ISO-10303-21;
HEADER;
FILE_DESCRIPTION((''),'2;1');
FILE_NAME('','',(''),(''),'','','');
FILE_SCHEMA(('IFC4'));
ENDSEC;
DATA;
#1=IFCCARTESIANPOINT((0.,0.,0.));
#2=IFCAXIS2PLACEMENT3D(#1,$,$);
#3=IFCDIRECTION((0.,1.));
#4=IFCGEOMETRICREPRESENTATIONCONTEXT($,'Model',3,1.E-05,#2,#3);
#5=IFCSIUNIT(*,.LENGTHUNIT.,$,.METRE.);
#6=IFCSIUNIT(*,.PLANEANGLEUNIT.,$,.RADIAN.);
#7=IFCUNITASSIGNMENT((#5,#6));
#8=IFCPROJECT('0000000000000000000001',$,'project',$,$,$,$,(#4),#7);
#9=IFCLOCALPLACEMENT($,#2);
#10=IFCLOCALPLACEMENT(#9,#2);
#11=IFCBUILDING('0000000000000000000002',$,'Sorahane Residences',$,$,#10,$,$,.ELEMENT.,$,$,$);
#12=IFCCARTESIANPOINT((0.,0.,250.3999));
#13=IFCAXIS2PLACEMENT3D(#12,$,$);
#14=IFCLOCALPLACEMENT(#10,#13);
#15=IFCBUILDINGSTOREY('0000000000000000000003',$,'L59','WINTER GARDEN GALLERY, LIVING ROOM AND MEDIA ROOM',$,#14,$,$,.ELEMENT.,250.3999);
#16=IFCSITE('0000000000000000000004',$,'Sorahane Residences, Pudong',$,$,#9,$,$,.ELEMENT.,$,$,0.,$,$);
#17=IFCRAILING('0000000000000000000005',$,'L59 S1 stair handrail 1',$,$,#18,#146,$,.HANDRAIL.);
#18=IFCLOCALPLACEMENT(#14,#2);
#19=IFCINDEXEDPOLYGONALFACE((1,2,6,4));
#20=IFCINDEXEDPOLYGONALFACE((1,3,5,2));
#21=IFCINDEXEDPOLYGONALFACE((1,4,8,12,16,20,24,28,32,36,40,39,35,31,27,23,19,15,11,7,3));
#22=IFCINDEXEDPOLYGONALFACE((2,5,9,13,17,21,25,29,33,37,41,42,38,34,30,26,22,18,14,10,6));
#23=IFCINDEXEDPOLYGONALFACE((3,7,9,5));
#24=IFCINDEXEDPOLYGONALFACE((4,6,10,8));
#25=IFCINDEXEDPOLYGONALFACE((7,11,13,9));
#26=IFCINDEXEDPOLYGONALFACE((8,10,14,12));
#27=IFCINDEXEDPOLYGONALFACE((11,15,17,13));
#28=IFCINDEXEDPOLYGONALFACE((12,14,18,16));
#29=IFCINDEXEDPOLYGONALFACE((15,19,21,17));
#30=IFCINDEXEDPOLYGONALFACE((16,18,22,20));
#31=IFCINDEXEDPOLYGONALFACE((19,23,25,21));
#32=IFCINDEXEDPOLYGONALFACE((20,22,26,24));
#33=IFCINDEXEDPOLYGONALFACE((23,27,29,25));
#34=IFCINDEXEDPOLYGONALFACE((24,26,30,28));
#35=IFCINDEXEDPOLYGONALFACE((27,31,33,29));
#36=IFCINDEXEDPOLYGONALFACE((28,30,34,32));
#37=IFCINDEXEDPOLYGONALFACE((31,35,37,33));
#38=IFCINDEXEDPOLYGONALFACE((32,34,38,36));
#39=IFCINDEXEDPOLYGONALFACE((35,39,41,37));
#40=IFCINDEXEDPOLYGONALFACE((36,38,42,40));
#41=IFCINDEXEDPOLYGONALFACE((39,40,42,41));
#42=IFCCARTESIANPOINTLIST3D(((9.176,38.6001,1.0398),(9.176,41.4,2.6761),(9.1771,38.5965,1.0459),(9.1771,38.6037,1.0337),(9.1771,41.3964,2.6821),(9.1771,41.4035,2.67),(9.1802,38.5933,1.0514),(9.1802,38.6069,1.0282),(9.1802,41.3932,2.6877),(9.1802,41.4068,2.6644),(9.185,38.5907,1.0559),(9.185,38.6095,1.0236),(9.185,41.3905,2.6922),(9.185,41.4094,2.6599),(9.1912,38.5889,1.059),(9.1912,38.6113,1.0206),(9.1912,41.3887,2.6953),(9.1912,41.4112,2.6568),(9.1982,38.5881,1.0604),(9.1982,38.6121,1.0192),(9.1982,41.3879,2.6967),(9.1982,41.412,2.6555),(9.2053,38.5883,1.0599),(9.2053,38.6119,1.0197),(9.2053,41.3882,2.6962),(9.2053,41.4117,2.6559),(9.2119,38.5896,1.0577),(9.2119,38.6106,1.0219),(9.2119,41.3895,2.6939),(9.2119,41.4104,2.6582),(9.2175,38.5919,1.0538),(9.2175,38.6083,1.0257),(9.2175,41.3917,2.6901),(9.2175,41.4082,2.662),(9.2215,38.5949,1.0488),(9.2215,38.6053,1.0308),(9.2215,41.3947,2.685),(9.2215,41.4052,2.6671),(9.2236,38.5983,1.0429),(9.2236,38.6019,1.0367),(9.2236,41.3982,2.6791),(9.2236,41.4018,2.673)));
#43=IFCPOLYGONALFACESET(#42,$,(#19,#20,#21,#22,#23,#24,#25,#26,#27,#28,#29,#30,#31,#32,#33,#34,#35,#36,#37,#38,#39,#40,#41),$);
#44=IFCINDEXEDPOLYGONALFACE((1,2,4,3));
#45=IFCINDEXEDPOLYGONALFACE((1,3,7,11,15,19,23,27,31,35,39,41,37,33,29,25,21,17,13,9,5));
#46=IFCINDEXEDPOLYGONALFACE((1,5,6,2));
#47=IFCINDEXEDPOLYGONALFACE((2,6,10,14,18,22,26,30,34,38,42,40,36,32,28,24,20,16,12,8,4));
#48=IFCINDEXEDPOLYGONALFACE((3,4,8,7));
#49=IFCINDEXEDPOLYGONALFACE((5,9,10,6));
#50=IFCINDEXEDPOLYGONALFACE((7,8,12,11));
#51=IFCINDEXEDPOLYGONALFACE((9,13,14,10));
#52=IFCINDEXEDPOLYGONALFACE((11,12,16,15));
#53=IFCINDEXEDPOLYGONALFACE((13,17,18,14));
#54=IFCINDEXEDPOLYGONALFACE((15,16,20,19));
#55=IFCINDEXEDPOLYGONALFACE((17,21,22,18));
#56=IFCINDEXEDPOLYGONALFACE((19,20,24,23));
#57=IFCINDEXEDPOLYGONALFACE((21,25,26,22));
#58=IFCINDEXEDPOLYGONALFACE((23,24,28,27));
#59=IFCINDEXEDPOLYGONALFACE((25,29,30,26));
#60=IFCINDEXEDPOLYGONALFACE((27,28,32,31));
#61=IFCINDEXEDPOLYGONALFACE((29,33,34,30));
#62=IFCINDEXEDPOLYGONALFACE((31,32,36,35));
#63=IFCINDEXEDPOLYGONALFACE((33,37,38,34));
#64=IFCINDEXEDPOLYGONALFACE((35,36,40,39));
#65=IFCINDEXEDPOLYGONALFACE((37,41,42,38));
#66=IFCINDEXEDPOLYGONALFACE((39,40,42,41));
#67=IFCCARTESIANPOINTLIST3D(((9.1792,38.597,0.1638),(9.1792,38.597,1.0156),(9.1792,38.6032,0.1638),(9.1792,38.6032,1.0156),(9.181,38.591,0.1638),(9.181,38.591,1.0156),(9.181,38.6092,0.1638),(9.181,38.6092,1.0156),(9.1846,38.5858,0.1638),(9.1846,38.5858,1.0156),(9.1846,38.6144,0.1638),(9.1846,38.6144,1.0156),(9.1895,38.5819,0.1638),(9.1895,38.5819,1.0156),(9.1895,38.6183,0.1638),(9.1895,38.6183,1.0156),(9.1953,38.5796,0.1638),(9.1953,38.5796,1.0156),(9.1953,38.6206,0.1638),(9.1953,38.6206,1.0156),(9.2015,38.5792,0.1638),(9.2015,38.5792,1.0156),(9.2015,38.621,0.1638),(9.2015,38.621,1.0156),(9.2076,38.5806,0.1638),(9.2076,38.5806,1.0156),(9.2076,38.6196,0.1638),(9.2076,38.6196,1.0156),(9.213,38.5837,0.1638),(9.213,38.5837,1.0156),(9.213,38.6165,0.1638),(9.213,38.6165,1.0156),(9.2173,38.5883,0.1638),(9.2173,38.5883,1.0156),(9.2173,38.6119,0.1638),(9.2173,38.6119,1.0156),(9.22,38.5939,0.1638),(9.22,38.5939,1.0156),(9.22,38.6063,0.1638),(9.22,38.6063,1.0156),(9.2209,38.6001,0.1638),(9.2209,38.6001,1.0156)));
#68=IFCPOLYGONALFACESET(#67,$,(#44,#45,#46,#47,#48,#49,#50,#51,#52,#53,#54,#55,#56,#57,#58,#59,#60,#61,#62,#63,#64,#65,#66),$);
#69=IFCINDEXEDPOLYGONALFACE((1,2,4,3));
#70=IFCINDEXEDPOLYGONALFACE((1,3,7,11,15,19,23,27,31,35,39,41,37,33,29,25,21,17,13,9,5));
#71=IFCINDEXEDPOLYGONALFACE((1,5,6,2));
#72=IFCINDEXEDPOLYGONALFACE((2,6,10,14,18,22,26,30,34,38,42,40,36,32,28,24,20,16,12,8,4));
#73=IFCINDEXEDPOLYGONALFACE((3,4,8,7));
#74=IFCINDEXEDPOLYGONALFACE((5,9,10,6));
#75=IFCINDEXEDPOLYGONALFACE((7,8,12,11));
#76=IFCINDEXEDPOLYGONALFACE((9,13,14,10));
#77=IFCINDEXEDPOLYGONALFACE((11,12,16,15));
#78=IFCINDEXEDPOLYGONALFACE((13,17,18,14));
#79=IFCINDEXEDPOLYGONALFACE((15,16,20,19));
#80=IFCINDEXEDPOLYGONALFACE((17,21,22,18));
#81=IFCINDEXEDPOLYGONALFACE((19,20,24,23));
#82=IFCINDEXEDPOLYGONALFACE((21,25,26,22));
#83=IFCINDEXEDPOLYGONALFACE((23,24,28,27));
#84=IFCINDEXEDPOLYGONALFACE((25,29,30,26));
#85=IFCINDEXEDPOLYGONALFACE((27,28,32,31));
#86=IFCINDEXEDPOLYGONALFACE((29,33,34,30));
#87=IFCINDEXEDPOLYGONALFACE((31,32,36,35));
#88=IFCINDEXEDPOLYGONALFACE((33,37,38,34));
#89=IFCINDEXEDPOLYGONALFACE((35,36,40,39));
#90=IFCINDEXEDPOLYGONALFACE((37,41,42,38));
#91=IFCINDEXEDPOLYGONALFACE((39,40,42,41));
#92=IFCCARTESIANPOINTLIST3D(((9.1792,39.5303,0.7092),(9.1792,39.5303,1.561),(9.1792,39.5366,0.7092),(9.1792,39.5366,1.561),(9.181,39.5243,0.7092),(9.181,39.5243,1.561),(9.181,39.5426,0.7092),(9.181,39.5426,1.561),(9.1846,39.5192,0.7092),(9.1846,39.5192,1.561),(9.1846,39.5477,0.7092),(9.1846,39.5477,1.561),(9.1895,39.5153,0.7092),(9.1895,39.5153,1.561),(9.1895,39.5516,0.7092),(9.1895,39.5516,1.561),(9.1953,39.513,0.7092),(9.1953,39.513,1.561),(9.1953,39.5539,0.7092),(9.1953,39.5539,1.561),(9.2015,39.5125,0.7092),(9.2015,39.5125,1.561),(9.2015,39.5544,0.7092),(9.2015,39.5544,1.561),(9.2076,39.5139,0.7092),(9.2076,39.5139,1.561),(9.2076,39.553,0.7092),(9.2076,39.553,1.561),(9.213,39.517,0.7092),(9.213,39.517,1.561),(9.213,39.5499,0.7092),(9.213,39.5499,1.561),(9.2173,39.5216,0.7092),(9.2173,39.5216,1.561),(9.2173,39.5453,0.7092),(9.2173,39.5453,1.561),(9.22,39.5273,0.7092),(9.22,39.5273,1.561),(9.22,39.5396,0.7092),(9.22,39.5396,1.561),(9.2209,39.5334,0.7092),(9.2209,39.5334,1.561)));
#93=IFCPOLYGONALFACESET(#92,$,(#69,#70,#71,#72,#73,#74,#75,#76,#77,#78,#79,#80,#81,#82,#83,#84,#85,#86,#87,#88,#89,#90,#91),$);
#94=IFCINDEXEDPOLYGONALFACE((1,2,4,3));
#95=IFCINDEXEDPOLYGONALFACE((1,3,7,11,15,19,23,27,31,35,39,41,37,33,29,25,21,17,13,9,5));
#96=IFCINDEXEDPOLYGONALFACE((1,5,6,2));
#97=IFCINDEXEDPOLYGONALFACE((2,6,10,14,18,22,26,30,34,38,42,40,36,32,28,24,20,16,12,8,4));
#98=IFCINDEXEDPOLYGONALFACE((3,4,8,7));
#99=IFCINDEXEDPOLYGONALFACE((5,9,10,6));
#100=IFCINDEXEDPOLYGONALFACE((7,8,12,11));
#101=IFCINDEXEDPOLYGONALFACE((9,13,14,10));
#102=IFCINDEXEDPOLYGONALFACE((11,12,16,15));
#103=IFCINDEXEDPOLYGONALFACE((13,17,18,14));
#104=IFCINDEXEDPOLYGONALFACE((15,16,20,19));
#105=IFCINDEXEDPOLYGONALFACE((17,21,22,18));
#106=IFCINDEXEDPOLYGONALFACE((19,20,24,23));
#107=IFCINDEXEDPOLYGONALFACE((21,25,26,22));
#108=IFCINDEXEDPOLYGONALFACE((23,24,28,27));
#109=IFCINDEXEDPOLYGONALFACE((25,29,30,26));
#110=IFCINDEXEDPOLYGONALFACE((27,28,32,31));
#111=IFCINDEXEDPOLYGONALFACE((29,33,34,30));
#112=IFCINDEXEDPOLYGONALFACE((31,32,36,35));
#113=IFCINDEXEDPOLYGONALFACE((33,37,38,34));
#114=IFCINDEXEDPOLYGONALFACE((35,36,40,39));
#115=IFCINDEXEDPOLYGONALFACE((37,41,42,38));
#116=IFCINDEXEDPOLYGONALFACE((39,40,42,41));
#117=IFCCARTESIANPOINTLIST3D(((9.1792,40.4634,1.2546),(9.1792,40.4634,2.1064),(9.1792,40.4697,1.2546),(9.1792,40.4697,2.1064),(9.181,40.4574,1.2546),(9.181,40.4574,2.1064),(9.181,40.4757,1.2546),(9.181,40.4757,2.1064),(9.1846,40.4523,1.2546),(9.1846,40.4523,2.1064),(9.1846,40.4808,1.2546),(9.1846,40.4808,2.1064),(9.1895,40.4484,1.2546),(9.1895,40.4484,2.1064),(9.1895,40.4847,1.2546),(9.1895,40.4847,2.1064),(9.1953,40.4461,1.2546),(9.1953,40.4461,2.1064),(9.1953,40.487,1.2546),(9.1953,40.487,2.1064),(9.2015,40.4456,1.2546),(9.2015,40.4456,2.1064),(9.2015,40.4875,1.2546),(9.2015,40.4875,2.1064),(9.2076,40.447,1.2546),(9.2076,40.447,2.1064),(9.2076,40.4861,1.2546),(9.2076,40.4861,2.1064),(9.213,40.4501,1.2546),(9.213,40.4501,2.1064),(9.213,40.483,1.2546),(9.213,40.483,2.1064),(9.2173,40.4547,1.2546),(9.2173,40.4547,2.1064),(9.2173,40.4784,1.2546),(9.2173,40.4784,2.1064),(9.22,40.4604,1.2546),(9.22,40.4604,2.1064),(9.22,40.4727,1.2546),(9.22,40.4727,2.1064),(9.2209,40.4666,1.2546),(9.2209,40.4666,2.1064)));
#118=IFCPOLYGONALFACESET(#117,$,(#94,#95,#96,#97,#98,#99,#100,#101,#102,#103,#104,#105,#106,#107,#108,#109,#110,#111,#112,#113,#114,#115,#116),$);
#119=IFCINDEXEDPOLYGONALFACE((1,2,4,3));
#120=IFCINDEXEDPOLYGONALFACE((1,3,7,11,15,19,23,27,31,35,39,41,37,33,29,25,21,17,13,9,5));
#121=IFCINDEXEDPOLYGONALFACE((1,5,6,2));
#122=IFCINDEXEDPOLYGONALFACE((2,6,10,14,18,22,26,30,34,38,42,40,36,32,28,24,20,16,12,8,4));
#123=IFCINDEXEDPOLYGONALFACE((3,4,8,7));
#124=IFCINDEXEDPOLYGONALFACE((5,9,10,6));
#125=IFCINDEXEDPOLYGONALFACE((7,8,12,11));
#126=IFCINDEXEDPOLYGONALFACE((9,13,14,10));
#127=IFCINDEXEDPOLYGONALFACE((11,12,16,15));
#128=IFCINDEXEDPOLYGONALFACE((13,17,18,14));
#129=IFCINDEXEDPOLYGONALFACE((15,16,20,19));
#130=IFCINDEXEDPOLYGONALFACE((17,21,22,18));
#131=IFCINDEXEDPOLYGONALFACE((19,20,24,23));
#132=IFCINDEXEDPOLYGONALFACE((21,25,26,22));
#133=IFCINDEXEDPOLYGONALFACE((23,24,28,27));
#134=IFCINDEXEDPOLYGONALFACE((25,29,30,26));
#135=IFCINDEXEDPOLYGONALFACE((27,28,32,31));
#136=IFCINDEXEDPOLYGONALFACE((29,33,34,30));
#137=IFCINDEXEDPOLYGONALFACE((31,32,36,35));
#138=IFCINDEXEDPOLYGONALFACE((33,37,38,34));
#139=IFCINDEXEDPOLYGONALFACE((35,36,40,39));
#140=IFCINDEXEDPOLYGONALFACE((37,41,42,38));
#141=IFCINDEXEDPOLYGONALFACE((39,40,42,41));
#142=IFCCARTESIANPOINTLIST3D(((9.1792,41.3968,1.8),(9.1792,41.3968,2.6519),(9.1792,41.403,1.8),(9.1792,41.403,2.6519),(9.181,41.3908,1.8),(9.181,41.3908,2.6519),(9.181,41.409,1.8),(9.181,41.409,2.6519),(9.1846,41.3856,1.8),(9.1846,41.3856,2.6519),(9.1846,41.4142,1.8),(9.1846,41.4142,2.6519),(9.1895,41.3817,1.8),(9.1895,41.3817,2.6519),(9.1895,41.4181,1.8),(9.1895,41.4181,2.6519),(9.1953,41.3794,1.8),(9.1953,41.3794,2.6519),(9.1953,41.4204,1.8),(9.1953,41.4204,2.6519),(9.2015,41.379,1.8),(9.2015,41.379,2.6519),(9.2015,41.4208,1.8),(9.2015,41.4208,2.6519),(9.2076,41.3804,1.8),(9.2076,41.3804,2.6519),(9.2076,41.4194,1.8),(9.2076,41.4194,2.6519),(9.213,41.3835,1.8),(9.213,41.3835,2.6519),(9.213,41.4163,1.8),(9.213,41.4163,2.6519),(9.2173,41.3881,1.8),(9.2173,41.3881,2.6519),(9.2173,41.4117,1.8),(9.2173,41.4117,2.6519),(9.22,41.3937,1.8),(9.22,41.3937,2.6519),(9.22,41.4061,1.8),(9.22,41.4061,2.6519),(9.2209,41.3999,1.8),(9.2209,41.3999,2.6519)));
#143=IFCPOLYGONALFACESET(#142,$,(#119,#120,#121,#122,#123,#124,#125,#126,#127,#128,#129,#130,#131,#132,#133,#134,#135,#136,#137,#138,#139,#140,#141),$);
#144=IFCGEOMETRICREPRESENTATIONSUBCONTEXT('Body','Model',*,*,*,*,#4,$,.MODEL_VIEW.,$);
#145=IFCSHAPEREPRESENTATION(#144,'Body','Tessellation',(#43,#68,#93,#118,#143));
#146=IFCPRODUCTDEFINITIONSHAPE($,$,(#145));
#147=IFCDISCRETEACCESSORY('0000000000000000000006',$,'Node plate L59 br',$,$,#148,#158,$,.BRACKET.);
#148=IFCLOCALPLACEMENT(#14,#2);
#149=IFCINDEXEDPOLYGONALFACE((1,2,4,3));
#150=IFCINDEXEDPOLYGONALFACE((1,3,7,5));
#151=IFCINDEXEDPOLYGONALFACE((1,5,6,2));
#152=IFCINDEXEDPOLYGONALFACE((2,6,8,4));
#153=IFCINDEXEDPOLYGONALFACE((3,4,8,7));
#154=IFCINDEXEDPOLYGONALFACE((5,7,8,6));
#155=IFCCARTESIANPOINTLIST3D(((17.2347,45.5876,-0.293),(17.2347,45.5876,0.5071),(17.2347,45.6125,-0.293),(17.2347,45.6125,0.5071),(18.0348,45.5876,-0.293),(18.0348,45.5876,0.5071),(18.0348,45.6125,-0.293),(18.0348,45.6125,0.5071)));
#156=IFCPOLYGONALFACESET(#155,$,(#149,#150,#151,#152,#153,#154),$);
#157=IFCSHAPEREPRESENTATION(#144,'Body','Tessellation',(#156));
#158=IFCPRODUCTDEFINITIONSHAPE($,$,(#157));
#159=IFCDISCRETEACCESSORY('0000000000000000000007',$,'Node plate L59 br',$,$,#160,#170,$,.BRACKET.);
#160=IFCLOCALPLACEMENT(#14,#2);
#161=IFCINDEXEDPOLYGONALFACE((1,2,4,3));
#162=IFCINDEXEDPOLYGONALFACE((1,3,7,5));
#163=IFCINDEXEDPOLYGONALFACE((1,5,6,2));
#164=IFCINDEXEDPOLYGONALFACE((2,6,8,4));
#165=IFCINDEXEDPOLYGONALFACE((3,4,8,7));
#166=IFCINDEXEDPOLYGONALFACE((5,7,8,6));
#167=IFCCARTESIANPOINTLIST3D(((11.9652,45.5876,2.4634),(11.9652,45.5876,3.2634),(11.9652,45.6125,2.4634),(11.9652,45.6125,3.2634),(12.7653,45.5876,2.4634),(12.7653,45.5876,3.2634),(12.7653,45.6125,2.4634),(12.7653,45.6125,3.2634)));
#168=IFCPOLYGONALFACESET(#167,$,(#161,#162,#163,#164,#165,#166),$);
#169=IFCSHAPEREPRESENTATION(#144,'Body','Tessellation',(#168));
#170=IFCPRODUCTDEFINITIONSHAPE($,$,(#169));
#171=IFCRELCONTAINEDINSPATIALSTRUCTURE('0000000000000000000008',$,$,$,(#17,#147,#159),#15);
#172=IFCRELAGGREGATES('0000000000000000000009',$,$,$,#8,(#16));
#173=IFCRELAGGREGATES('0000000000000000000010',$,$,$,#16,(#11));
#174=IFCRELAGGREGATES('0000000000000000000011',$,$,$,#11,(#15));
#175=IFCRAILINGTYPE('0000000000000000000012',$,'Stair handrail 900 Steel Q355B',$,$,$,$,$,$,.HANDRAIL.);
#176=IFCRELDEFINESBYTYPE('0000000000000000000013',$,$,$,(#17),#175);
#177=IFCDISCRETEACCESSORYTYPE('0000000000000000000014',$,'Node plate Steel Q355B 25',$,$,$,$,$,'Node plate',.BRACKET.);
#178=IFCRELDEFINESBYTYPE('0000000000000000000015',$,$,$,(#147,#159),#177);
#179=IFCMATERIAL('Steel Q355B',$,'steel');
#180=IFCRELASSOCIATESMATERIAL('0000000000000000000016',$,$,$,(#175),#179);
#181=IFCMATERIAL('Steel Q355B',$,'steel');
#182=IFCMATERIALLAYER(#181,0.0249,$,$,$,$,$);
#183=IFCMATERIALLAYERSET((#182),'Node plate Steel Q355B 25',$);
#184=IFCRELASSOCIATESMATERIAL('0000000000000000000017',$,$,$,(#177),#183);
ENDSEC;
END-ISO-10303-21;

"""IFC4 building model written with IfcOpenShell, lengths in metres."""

from ifc_helpers import new_model, si_unit, direction, frame, origin, origin_2d, place, context, subcontext, project, spatial, rectangle, circle, extrude, material, layer, layer_set, type_object, element, save


model = new_model("IFC4")

# Units and contexts
model_context = context("Model", 3, precision=1e-05, world=origin(), true_north=direction((0.0, 1.0)))
body_context = subcontext(model_context, "Body", "Model", "MODEL_VIEW")
ifc_project = project(units=[si_unit("LENGTHUNIT", "METRE"), si_unit("PLANEANGLEUNIT", "RADIAN")], contexts=[model_context])

# Site, building, storey
site_placement = place(None, origin())
site = spatial("IfcSite", under=ifc_project, at=site_placement, Name="Sorahane Residences, Pudong", CompositionType="ELEMENT", RefElevation=0.0)
building_placement = place(site_placement, origin())
building = spatial("IfcBuilding", under=site, at=building_placement, Name="Sorahane Residences", CompositionType="ELEMENT")
storey_placement = place(building_placement, frame((0.0, 0.0, 250.3999)))
storey = spatial("IfcBuildingStorey", under=building, at=storey_placement, Name="L59", Description="WINTER GARDEN GALLERY, LIVING ROOM AND MEDIA ROOM", CompositionType="ELEMENT", Elevation=250.3999)

# Railing
ifc_material_1 = material(Name="Steel Q355B", Category="steel")
railing_type_1 = type_object("IfcRailingType", Name="Stair handrail 900 Steel Q355B", PredefinedType="HANDRAIL", material=ifc_material_1)
railing_1_placement = place(storey_placement, frame((9.2, 38.6001, 0.1638)))
element("IfcRailing", 1, at=railing_1_placement, inside=storey, type_object=railing_type_1, Name="L59 S1 stair handrail 1", PredefinedType="HANDRAIL", context=body_context, shape_type="SweptSolid", body=[
    extrude(circle(Radius=0.0239, at=origin_2d()), frame((0.0, 0.0, 0.876), z_axis=(0.0, 0.863374, 0.504564), x_axis=(-1.0, 0.0, 0.0)), (0.0, 0.0, 1.0), 3.2429),
    extrude(circle(Radius=0.021, at=origin_2d()), origin(), (0.0, 0.0, 1.0), 0.8518),
    extrude(circle(Radius=0.021, at=origin_2d()), frame((0.0, 0.9333, 0.5454)), (0.0, 0.0, 1.0), 0.8518),
    extrude(circle(Radius=0.021, at=origin_2d()), frame((0.0, 1.8665, 1.0908)), (0.0, 0.0, 1.0), 0.8518),
    extrude(circle(Radius=0.021, at=origin_2d()), frame((0.0, 2.7998, 1.6362)), (0.0, 0.0, 1.0), 0.8518),
])

# Discrete accessories
ifc_material_2 = material(Name="Steel Q355B", Category="steel")
ifc_layer_1 = layer(ifc_material_2, 0.0249)
ifc_layer_set_1 = layer_set([ifc_layer_1], Name="Node plate Steel Q355B 25")
discrete_accessory_type = type_object("IfcDiscreteAccessoryType", Name="Node plate Steel Q355B 25", ElementType="Node plate", PredefinedType="BRACKET", material=ifc_layer_set_1)
for number, where, z_axis, x_axis, name in (
    (2, (17.6348, 45.6001, -0.293), (0.0, 0.0, 1.0), (1.0, 0.0, 0.0), "Node plate L59 br"),
    (3, (12.3652, 45.6001, 2.4634), (0.0, 0.0, 1.0), (1.0, 0.0, 0.0), "Node plate L59 br"),
):
    element("IfcDiscreteAccessory", number, at=place(storey_placement, frame(where, z_axis=z_axis, x_axis=x_axis)), inside=storey, type_object=discrete_accessory_type, Name=name, PredefinedType="BRACKET", context=body_context, shape_type="SweptSolid", body=[
        extrude(rectangle(XDim=0.8, YDim=0.0249, at=origin_2d()), origin(), (0.0, 0.0, 1.0), 0.8),
    ])

save(model, "model.ifc")
